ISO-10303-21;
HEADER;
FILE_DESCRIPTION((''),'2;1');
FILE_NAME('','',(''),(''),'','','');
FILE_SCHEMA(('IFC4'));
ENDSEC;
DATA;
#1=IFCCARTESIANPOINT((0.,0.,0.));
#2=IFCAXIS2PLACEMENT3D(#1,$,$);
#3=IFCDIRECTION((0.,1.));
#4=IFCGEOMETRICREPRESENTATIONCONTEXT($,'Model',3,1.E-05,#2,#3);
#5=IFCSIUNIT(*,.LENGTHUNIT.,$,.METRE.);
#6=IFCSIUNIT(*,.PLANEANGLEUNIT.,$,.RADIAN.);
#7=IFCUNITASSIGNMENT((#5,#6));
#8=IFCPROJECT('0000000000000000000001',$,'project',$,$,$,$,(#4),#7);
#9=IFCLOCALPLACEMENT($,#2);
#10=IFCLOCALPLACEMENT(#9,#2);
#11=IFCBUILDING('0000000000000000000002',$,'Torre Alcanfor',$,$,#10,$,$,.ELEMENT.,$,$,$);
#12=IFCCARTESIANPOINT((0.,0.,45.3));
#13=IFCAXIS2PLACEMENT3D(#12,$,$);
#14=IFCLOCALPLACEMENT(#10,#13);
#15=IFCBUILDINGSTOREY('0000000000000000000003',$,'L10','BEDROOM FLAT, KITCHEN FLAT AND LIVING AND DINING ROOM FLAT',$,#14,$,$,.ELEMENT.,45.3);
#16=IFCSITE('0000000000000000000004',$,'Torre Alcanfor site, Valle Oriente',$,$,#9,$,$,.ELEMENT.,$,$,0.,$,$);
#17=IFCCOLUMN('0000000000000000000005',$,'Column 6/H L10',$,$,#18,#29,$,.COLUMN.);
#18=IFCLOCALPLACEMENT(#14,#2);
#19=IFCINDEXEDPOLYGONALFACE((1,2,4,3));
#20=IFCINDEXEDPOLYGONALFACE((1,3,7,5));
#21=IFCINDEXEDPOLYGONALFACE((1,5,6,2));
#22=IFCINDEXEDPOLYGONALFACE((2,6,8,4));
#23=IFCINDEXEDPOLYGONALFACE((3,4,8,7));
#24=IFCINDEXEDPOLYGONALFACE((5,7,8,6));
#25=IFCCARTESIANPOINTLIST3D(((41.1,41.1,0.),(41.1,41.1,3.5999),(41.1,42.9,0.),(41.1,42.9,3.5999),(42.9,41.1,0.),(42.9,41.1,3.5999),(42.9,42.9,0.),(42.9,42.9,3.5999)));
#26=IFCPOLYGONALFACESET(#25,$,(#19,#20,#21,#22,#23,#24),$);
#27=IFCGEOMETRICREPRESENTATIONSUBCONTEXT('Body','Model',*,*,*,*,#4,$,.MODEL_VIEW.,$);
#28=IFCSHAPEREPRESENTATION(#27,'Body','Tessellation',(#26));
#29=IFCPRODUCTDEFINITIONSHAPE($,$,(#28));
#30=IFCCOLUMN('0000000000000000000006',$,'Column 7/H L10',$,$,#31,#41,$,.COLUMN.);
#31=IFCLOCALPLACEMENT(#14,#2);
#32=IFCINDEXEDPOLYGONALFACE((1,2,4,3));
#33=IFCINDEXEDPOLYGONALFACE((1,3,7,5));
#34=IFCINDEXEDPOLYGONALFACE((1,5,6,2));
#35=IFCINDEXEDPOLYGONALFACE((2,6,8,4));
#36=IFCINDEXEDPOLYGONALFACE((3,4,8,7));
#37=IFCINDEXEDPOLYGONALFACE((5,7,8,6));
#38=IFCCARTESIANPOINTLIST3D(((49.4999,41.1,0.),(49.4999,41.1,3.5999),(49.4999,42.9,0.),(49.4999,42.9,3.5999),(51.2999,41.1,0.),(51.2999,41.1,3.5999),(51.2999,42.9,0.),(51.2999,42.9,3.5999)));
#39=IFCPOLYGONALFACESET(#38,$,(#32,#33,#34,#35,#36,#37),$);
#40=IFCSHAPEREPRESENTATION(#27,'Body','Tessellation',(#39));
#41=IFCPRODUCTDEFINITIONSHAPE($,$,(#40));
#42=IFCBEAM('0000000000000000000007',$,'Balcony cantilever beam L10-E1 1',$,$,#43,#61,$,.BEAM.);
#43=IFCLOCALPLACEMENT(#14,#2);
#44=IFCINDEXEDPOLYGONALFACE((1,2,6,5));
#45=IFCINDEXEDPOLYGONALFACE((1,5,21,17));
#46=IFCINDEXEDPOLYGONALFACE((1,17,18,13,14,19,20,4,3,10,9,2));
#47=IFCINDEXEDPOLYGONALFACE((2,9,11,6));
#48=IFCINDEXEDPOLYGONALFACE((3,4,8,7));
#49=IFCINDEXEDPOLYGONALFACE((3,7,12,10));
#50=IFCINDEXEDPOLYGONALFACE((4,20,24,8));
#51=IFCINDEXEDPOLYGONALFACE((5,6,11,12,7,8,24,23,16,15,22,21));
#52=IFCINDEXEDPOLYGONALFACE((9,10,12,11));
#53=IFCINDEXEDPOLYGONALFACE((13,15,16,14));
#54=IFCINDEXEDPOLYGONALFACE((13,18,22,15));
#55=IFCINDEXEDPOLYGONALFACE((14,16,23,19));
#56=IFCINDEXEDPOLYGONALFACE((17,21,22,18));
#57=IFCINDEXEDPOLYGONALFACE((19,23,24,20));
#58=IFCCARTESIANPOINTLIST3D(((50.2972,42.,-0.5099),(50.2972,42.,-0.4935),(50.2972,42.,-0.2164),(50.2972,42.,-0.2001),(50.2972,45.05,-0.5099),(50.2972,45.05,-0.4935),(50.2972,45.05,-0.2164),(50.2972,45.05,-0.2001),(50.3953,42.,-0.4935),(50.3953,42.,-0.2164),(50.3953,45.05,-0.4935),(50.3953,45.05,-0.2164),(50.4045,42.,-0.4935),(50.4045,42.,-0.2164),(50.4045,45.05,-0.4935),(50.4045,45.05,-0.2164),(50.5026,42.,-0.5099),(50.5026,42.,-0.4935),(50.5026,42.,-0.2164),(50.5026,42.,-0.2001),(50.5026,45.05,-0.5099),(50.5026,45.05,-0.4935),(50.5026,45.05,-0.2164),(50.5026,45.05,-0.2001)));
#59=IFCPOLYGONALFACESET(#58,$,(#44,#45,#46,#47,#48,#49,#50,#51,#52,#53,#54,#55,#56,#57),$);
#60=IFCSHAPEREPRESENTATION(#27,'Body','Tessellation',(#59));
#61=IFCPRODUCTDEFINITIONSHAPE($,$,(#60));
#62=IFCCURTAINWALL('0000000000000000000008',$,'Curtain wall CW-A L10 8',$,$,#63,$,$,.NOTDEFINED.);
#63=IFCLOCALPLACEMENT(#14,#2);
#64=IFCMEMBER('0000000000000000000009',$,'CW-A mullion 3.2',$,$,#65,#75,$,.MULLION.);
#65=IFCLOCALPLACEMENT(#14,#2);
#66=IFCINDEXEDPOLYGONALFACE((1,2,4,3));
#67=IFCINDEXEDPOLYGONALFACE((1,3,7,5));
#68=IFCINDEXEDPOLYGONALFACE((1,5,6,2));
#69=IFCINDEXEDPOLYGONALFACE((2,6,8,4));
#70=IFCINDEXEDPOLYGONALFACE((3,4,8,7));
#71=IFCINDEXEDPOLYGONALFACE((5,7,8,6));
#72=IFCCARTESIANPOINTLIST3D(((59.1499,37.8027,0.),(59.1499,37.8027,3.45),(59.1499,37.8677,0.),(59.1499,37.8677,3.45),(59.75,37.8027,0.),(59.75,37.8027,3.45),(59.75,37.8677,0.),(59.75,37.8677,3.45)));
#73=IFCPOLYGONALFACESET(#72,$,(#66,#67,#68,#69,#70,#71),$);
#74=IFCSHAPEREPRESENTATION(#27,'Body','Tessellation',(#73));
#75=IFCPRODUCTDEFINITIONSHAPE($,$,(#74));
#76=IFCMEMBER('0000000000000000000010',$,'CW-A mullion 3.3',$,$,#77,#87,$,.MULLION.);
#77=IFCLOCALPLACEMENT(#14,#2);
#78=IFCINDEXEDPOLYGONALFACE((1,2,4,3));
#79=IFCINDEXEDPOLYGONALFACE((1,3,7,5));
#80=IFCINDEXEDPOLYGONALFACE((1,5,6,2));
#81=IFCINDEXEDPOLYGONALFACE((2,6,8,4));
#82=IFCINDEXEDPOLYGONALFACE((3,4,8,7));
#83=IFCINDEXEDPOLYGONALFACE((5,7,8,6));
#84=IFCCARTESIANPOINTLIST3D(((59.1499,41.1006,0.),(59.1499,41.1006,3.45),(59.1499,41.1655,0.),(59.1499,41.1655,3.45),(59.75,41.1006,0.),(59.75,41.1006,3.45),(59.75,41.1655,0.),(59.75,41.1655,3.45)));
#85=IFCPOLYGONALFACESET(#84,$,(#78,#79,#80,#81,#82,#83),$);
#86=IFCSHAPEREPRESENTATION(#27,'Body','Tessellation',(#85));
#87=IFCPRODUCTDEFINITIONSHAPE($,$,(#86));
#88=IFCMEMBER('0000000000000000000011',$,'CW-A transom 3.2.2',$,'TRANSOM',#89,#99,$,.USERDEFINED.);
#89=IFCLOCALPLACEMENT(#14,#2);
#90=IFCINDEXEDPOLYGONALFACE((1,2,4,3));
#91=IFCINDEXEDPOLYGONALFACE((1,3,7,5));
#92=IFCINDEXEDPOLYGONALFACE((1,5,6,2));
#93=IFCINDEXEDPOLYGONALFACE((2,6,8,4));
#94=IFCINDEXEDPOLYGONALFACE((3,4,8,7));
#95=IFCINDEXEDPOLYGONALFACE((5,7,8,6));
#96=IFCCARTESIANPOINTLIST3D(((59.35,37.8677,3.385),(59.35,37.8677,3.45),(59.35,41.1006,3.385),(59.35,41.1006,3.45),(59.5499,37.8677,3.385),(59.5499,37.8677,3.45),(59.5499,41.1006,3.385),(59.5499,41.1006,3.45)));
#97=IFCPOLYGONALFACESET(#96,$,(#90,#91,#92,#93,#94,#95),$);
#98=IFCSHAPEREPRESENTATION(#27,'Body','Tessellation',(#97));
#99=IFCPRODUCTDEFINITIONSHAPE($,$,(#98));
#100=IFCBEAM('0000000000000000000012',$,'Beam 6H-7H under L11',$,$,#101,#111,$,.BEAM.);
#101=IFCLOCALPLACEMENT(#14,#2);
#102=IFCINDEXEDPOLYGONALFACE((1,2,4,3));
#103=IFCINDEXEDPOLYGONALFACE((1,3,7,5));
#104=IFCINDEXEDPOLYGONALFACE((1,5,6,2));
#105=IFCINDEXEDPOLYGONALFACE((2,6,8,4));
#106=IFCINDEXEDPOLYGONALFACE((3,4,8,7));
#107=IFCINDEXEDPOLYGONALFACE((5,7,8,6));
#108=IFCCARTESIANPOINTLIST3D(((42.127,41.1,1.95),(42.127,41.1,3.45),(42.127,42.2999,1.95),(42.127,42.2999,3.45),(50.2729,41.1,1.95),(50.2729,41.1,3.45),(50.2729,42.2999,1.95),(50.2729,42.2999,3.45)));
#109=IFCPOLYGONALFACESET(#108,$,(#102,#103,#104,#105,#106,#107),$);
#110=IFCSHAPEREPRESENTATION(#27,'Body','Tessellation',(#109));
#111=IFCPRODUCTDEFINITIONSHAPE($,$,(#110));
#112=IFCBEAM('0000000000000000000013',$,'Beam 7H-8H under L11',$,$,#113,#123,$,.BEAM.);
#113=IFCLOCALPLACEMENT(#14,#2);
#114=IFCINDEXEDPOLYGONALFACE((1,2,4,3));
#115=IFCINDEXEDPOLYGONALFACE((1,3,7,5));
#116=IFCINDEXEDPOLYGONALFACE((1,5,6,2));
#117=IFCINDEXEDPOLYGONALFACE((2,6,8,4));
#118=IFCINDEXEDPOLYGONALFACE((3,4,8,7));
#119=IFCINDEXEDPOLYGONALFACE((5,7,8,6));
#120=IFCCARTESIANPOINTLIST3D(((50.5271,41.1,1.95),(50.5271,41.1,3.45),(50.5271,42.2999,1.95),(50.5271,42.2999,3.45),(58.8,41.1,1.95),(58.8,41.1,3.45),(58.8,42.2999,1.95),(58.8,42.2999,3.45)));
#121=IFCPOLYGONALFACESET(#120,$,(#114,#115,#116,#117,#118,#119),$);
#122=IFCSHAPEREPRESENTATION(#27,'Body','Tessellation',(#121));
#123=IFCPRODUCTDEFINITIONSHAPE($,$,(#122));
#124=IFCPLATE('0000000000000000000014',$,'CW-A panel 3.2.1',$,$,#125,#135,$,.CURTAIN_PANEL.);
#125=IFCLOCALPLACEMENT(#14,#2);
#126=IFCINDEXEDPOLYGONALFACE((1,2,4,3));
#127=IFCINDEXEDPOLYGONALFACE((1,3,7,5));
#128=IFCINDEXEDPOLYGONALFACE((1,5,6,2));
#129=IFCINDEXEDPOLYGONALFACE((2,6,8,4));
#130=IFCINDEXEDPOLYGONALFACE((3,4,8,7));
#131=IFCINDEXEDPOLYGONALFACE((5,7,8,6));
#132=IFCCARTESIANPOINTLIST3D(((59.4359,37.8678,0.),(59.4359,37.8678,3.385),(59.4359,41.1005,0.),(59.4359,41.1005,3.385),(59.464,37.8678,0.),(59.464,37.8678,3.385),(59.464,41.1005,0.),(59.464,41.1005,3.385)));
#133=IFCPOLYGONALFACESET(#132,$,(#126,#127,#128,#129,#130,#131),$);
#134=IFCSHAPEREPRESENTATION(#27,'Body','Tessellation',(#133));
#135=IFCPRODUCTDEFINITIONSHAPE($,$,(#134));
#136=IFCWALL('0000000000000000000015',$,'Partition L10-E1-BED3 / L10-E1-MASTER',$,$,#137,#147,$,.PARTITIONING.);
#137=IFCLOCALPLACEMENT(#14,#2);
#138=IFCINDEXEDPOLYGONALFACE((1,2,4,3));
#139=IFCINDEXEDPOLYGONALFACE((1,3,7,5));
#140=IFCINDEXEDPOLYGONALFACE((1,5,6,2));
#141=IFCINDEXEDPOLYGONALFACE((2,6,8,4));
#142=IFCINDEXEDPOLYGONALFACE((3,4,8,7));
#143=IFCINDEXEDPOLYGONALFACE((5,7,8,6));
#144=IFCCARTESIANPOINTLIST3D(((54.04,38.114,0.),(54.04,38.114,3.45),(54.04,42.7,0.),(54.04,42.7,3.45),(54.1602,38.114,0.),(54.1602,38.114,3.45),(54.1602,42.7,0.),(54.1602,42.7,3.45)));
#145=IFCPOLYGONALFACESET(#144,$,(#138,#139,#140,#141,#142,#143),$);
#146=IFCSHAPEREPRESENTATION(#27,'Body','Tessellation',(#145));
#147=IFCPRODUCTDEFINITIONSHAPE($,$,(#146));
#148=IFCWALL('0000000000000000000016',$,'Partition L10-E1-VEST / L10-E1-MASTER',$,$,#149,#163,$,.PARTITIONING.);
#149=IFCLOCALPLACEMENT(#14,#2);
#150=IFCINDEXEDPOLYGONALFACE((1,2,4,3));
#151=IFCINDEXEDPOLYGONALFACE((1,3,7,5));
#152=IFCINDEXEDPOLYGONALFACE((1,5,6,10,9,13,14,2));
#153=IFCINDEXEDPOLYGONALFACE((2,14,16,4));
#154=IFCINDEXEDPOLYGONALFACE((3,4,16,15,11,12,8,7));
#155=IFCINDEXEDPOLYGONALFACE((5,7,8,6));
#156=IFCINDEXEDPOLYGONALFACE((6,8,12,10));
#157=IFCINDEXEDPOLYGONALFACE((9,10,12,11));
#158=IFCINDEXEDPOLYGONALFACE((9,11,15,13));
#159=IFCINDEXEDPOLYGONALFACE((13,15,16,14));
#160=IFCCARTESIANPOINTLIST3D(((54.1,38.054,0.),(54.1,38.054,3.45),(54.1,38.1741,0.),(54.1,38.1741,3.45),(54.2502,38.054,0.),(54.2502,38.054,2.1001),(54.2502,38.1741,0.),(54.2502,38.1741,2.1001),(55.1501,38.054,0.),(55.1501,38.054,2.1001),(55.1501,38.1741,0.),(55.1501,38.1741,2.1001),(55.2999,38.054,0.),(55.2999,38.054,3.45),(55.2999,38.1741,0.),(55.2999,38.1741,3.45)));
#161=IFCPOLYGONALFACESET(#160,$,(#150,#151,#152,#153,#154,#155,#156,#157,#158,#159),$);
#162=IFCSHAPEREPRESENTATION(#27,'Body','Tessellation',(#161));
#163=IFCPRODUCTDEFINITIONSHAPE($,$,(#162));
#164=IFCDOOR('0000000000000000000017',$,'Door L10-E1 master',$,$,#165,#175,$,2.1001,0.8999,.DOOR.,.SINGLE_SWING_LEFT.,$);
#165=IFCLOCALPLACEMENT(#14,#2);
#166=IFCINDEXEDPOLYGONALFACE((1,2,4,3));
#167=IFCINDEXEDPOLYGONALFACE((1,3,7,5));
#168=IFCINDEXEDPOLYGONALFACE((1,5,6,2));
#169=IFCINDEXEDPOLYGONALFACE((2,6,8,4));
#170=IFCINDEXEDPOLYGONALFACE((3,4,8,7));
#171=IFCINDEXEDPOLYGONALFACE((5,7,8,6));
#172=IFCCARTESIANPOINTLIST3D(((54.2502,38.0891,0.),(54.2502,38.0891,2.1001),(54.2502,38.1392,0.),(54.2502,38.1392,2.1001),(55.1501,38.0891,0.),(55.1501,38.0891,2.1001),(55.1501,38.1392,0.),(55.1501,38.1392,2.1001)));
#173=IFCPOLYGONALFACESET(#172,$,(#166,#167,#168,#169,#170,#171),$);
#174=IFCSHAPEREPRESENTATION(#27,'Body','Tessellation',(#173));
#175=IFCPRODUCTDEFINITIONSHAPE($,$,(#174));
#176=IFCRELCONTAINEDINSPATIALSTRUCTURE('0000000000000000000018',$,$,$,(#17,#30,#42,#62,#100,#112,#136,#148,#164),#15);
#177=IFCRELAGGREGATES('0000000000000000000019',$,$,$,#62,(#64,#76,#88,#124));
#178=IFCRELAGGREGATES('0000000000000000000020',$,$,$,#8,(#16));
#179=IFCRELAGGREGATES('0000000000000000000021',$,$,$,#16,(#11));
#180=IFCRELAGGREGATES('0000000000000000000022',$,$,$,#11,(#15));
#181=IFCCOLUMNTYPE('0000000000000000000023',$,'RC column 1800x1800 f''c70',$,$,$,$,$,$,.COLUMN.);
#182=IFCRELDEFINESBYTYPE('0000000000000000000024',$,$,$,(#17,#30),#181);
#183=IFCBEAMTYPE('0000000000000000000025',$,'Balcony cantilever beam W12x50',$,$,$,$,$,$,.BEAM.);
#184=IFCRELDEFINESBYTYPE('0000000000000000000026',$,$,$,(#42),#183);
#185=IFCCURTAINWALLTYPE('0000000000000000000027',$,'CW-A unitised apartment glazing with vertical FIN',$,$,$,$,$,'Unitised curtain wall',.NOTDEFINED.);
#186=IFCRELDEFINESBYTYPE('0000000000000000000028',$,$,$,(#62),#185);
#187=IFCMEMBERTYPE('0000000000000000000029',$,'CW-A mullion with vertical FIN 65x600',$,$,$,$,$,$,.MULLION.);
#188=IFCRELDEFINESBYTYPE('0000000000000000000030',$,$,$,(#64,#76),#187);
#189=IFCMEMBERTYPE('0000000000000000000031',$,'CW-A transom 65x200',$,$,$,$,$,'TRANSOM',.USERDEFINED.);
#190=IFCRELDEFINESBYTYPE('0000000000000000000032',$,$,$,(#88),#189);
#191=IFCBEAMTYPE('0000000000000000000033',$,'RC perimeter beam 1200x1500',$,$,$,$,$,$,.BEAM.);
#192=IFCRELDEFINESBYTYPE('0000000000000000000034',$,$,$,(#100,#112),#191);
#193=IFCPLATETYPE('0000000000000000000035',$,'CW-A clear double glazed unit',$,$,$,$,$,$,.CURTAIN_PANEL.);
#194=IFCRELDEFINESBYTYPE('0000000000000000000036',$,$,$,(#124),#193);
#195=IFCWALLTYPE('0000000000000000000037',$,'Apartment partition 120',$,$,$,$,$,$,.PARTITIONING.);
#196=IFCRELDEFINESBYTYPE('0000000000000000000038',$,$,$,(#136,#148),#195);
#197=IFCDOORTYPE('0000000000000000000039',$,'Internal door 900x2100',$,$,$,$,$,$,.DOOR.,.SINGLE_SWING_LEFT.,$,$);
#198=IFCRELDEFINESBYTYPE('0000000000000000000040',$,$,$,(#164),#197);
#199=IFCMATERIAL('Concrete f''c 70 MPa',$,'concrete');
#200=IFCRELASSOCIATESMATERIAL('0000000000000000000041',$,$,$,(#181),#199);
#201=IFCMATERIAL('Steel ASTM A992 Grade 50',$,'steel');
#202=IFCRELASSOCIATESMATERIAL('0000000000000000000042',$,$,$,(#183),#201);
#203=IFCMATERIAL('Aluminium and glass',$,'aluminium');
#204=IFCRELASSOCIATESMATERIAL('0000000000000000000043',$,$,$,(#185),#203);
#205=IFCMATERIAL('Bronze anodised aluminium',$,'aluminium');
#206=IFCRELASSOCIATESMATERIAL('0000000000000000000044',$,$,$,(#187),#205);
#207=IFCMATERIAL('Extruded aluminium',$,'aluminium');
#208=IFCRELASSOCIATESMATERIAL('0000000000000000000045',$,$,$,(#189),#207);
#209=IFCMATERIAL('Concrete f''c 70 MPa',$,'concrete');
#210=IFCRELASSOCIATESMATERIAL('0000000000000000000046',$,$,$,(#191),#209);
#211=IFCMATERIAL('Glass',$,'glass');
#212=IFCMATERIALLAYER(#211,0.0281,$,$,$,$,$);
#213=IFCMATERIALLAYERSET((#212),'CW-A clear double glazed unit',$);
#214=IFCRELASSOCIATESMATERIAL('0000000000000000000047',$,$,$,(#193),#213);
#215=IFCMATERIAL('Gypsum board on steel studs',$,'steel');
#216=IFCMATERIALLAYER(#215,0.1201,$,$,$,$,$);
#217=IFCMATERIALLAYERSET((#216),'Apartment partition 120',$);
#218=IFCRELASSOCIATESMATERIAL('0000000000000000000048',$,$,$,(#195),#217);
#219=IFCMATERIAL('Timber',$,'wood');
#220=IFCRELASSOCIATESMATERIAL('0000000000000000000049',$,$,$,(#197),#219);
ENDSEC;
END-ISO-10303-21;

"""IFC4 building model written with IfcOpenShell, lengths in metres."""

from ifc_helpers import new_model, si_unit, direction, frame, frame_2d, origin, origin_2d, place, context, subcontext, project, spatial, rectangle, i_section, extrude, material, layer, layer_set, material_profile, profile_set, type_object, element, fill, aggregate, save


model = new_model("IFC4")

# Units and contexts
model_context = context("Model", 3, precision=1e-05, world=origin(), true_north=direction((0.0, 1.0)))
body_context = subcontext(model_context, "Body", "Model", "MODEL_VIEW")
ifc_project = project(units=[si_unit("LENGTHUNIT", "METRE"), si_unit("PLANEANGLEUNIT", "RADIAN")], contexts=[model_context])

# Site, building, storey
site_placement = place(None, origin())
site = spatial("IfcSite", under=ifc_project, at=site_placement, Name="Torre Alcanfor site, Valle Oriente", CompositionType="ELEMENT", RefElevation=0.0)
building_placement = place(site_placement, origin())
building = spatial("IfcBuilding", under=site, at=building_placement, Name="Torre Alcanfor", CompositionType="ELEMENT")
storey_placement = place(building_placement, frame((0.0, 0.0, 45.3)))
storey = spatial("IfcBuildingStorey", under=building, at=storey_placement, Name="L10", Description="BEDROOM FLAT, KITCHEN FLAT AND LIVING AND DINING ROOM FLAT", CompositionType="ELEMENT", Elevation=45.3)

# Columns
ifc_material_1 = material(Name="Concrete f'c 70 MPa", Category="concrete")
ifc_material_profile_1 = material_profile(ifc_material_1, rectangle(XDim=1.8, YDim=1.8, at=origin_2d()), Name="1800x1800")
ifc_profile_set_1 = profile_set([ifc_material_profile_1], Name="Concrete f'c 70 MPa")
column_type = type_object("IfcColumnType", Name="RC column 1800x1800 f'c70", PredefinedType="COLUMN", material=ifc_profile_set_1)
for number, where, z_axis, x_axis, name in (
    (1, (42.0, 42.0, 0.0), (0.0, 0.0, 1.0), (1.0, 0.0, 0.0), "Column 6/H L10"),
    (2, (50.3999, 42.0, 0.0), (0.0, 0.0, 1.0), (1.0, 0.0, 0.0), "Column 7/H L10"),
):
    element("IfcColumn", number, at=place(storey_placement, frame(where, z_axis=z_axis, x_axis=x_axis)), inside=storey, type_object=column_type, Name=name, PredefinedType="COLUMN", context=body_context, shape_type="SweptSolid", body=[
        extrude(rectangle(XDim=1.8, YDim=1.8, at=origin_2d()), origin(), (0.0, 0.0, 1.0), 3.5999),
    ])

# Beam
ifc_material_2 = material(Name="Steel ASTM A992 Grade 50", Category="steel")
ifc_material_profile_2 = material_profile(ifc_material_2, i_section(OverallWidth=0.2053, OverallDepth=0.3098, WebThickness=0.0093, FlangeThickness=0.0164, at=origin_2d()), Name="W12x50")
ifc_profile_set_2 = profile_set([ifc_material_profile_2], Name="Steel ASTM A992 Grade 50")
beam_type_1 = type_object("IfcBeamType", Name="Balcony cantilever beam W12x50", PredefinedType="BEAM", material=ifc_profile_set_2)
beam_1_placement = place(storey_placement, frame((50.3999, 42.0, -0.355), z_axis=(0.0, 1.0, 0.0), x_axis=(-1.0, 0.0, 0.0)))
element("IfcBeam", 3, at=beam_1_placement, inside=storey, type_object=beam_type_1, Name="Balcony cantilever beam L10-E1 1", PredefinedType="BEAM", context=body_context, shape_type="SweptSolid", body=[
    extrude(i_section(OverallWidth=0.2053, OverallDepth=0.3098, WebThickness=0.0093, FlangeThickness=0.0164, at=origin_2d()), origin(), (0.0, 0.0, 1.0), 3.05),
])

# Curtain wall, members
ifc_material_3 = material(Name="Aluminium and glass", Category="aluminium")
curtain_wall_type = type_object("IfcCurtainWallType", Name="CW-A unitised apartment glazing with vertical FIN", ElementType="Unitised curtain wall", PredefinedType="NOTDEFINED", material=ifc_material_3)
curtain_wall_placement = place(storey_placement, origin())
curtain_wall = element("IfcCurtainWall", 4, at=curtain_wall_placement, inside=storey, type_object=curtain_wall_type, Name="Curtain wall CW-A L10 8", PredefinedType="NOTDEFINED")
ifc_material_4 = material(Name="Bronze anodised aluminium", Category="aluminium")
ifc_material_profile_3 = material_profile(ifc_material_4, rectangle(XDim=0.6001, YDim=0.0649, at=origin_2d()), Name="CW-A mullion 65x600")
ifc_profile_set_3 = profile_set([ifc_material_profile_3], Name="Bronze anodised aluminium")
member_type_1 = type_object("IfcMemberType", Name="CW-A mullion with vertical FIN 65x600", PredefinedType="MULLION", material=ifc_profile_set_3)
member_1_placement = place(storey_placement, frame((59.45, 37.8352, 0.0), z_axis=(0.0, 0.0, 1.0), x_axis=(-1.0, 0.0, 0.0)))
member_1 = element("IfcMember", 5, at=member_1_placement, type_object=member_type_1, Name="CW-A mullion 3.2", PredefinedType="MULLION", context=body_context, shape_type="SweptSolid", body=[
    extrude(rectangle(XDim=0.6001, YDim=0.0649, at=origin_2d()), origin(), (0.0, 0.0, 1.0), 3.45),
])
member_2_placement = place(storey_placement, frame((59.45, 41.1331, 0.0), z_axis=(0.0, 0.0, 1.0), x_axis=(-1.0, 0.0, 0.0)))
member_2 = element("IfcMember", 6, at=member_2_placement, type_object=member_type_1, Name="CW-A mullion 3.3", PredefinedType="MULLION", context=body_context, shape_type="SweptSolid", body=[
    extrude(rectangle(XDim=0.6001, YDim=0.0649, at=origin_2d()), origin(), (0.0, 0.0, 1.0), 3.45),
])
ifc_material_5 = material(Name="Extruded aluminium", Category="aluminium")
ifc_material_profile_4 = material_profile(ifc_material_5, rectangle(XDim=0.2, YDim=0.0649, at=origin_2d()), Name="CW-A transom 200x65")
ifc_profile_set_4 = profile_set([ifc_material_profile_4], Name="Extruded aluminium")
member_type_2 = type_object("IfcMemberType", Name="CW-A transom 65x200", ElementType="TRANSOM", PredefinedType="USERDEFINED", material=ifc_profile_set_4)
member_3_placement = place(storey_placement, frame((59.45, 37.8677, 3.4175), z_axis=(0.0, 1.0, 0.0), x_axis=(-1.0, 0.0, 0.0)))
member_3 = element("IfcMember", 7, at=member_3_placement, type_object=member_type_2, Name="CW-A transom 3.2.2", ObjectType="TRANSOM", PredefinedType="USERDEFINED", context=body_context, shape_type="SweptSolid", body=[
    extrude(rectangle(XDim=0.2, YDim=0.0649, at=origin_2d()), origin(), (0.0, 0.0, 1.0), 3.2329),
])

# Beams
ifc_material_6 = material(Name="Concrete f'c 70 MPa", Category="concrete")
ifc_material_profile_5 = material_profile(ifc_material_6, rectangle(XDim=1.2, YDim=1.5, at=origin_2d()), Name="1200x1500")
ifc_profile_set_5 = profile_set([ifc_material_profile_5], Name="Concrete f'c 70 MPa")
beam_type_2 = type_object("IfcBeamType", Name="RC perimeter beam 1200x1500", PredefinedType="BEAM", material=ifc_profile_set_5)
beam_2_placement = place(storey_placement, frame((42.127, 41.7, 2.7), z_axis=(1.0, 0.0, 0.0), x_axis=(0.0, 1.0, 0.0)))
element("IfcBeam", 8, at=beam_2_placement, inside=storey, type_object=beam_type_2, Name="Beam 6H-7H under L11", PredefinedType="BEAM", context=body_context, shape_type="SweptSolid", body=[
    extrude(rectangle(XDim=1.2, YDim=1.5, at=origin_2d()), origin(), (0.0, 0.0, 1.0), 8.146),
])
beam_3_placement = place(storey_placement, frame((50.5271, 41.7, 2.7), z_axis=(1.0, 0.0, 0.0), x_axis=(0.0, 1.0, 0.0)))
element("IfcBeam", 9, at=beam_3_placement, inside=storey, type_object=beam_type_2, Name="Beam 7H-8H under L11", PredefinedType="BEAM", context=body_context, shape_type="SweptSolid", body=[
    extrude(rectangle(XDim=1.2, YDim=1.5, at=origin_2d()), origin(), (0.0, 0.0, 1.0), 8.2729),
])

# Plate
ifc_material_7 = material(Name="Glass", Category="glass")
ifc_layer_1 = layer(ifc_material_7, 0.0281)
ifc_layer_set_1 = layer_set([ifc_layer_1], Name="CW-A clear double glazed unit")
plate_type = type_object("IfcPlateType", Name="CW-A clear double glazed unit", PredefinedType="CURTAIN_PANEL", material=ifc_layer_set_1)
plate_placement = place(storey_placement, frame((59.45, 39.4841, 0.0), z_axis=(0.0, 0.0, 1.0), x_axis=(0.0, 1.0, 0.0)))
plate = element("IfcPlate", 10, at=plate_placement, type_object=plate_type, Name="CW-A panel 3.2.1", PredefinedType="CURTAIN_PANEL", context=body_context, shape_type="SweptSolid", body=[
    extrude(rectangle(XDim=3.2327, YDim=0.0281, at=origin_2d()), origin(), (0.0, 0.0, 1.0), 3.385),
])
aggregate(curtain_wall, [member_1, member_2, member_3, plate])

# Wall
ifc_material_8 = material(Name="Gypsum board on steel studs", Category="steel")
ifc_layer_2 = layer(ifc_material_8, 0.1201)
ifc_layer_set_2 = layer_set([ifc_layer_2], Name="Apartment partition 120")
wall_type_1 = type_object("IfcWallType", Name="Apartment partition 120", PredefinedType="PARTITIONING", material=ifc_layer_set_2)
wall_1_placement = place(storey_placement, frame((54.1001, 38.114, 0.0), z_axis=(0.0, 0.0, 1.0), x_axis=(0.0, 1.0, 0.0)))
element("IfcWall", 11, at=wall_1_placement, inside=storey, type_object=wall_type_1, Name="Partition L10-E1-BED3 / L10-E1-MASTER", PredefinedType="PARTITIONING", context=body_context, shape_type="SweptSolid", body=[
    extrude(rectangle(XDim=4.5859, YDim=0.1201, at=frame_2d((2.293, 0.0))), origin(), (0.0, 0.0, 1.0), 3.45),
])

# Wall, opening, door
wall_2_placement = place(storey_placement, frame((55.3, 38.114, 0.0), z_axis=(0.0, 0.0, 1.0), x_axis=(-1.0, 0.0, 0.0)))
wall_2 = element("IfcWall", 12, at=wall_2_placement, inside=storey, type_object=wall_type_1, Name="Partition L10-E1-VEST / L10-E1-MASTER", PredefinedType="PARTITIONING", context=body_context, shape_type="SweptSolid", body=[
    extrude(rectangle(XDim=1.2, YDim=0.1201, at=frame_2d((0.6001, 0.0))), origin(), (0.0, 0.0, 1.0), 3.45),
])
opening_1_placement = place(wall_2_placement, frame((0.1499, 0.0, 0.0)))
opening_1 = element("IfcOpeningElement", 13, at=opening_1_placement, cuts=wall_2, PredefinedType="OPENING", context=body_context, shape_type="SweptSolid", body=[
    extrude(rectangle(XDim=0.8999, YDim=2.1001, at=frame_2d((0.45, 1.05))), frame((0.0, 0.0701, 0.0), z_axis=(0.0, -1.0, 0.0), x_axis=(1.0, 0.0, 0.0)), (0.0, 0.0, 1.0), 0.1401),
])
ifc_material_9 = material(Name="Timber", Category="wood")
door_type_1 = type_object("IfcDoorType", Name="Internal door 900x2100", OperationType="SINGLE_SWING_LEFT", PredefinedType="DOOR", material=ifc_material_9)
door_1_placement = place(opening_1_placement, origin())
door_1 = element("IfcDoor", 14, at=door_1_placement, inside=storey, type_object=door_type_1, Name="Door L10-E1 master", OperationType="SINGLE_SWING_LEFT", OverallHeight=2.1001, OverallWidth=0.8999, PredefinedType="DOOR", context=body_context, shape_type="SweptSolid", body=[
    extrude(rectangle(XDim=0.8999, YDim=2.1001, at=frame_2d((0.45, 1.05))), frame((0.0, 0.0249, 0.0), z_axis=(0.0, -1.0, 0.0), x_axis=(1.0, 0.0, 0.0)), (0.0, 0.0, 1.0), 0.05),
])
fill(opening_1, door_1)

save(model, "model.ifc")
